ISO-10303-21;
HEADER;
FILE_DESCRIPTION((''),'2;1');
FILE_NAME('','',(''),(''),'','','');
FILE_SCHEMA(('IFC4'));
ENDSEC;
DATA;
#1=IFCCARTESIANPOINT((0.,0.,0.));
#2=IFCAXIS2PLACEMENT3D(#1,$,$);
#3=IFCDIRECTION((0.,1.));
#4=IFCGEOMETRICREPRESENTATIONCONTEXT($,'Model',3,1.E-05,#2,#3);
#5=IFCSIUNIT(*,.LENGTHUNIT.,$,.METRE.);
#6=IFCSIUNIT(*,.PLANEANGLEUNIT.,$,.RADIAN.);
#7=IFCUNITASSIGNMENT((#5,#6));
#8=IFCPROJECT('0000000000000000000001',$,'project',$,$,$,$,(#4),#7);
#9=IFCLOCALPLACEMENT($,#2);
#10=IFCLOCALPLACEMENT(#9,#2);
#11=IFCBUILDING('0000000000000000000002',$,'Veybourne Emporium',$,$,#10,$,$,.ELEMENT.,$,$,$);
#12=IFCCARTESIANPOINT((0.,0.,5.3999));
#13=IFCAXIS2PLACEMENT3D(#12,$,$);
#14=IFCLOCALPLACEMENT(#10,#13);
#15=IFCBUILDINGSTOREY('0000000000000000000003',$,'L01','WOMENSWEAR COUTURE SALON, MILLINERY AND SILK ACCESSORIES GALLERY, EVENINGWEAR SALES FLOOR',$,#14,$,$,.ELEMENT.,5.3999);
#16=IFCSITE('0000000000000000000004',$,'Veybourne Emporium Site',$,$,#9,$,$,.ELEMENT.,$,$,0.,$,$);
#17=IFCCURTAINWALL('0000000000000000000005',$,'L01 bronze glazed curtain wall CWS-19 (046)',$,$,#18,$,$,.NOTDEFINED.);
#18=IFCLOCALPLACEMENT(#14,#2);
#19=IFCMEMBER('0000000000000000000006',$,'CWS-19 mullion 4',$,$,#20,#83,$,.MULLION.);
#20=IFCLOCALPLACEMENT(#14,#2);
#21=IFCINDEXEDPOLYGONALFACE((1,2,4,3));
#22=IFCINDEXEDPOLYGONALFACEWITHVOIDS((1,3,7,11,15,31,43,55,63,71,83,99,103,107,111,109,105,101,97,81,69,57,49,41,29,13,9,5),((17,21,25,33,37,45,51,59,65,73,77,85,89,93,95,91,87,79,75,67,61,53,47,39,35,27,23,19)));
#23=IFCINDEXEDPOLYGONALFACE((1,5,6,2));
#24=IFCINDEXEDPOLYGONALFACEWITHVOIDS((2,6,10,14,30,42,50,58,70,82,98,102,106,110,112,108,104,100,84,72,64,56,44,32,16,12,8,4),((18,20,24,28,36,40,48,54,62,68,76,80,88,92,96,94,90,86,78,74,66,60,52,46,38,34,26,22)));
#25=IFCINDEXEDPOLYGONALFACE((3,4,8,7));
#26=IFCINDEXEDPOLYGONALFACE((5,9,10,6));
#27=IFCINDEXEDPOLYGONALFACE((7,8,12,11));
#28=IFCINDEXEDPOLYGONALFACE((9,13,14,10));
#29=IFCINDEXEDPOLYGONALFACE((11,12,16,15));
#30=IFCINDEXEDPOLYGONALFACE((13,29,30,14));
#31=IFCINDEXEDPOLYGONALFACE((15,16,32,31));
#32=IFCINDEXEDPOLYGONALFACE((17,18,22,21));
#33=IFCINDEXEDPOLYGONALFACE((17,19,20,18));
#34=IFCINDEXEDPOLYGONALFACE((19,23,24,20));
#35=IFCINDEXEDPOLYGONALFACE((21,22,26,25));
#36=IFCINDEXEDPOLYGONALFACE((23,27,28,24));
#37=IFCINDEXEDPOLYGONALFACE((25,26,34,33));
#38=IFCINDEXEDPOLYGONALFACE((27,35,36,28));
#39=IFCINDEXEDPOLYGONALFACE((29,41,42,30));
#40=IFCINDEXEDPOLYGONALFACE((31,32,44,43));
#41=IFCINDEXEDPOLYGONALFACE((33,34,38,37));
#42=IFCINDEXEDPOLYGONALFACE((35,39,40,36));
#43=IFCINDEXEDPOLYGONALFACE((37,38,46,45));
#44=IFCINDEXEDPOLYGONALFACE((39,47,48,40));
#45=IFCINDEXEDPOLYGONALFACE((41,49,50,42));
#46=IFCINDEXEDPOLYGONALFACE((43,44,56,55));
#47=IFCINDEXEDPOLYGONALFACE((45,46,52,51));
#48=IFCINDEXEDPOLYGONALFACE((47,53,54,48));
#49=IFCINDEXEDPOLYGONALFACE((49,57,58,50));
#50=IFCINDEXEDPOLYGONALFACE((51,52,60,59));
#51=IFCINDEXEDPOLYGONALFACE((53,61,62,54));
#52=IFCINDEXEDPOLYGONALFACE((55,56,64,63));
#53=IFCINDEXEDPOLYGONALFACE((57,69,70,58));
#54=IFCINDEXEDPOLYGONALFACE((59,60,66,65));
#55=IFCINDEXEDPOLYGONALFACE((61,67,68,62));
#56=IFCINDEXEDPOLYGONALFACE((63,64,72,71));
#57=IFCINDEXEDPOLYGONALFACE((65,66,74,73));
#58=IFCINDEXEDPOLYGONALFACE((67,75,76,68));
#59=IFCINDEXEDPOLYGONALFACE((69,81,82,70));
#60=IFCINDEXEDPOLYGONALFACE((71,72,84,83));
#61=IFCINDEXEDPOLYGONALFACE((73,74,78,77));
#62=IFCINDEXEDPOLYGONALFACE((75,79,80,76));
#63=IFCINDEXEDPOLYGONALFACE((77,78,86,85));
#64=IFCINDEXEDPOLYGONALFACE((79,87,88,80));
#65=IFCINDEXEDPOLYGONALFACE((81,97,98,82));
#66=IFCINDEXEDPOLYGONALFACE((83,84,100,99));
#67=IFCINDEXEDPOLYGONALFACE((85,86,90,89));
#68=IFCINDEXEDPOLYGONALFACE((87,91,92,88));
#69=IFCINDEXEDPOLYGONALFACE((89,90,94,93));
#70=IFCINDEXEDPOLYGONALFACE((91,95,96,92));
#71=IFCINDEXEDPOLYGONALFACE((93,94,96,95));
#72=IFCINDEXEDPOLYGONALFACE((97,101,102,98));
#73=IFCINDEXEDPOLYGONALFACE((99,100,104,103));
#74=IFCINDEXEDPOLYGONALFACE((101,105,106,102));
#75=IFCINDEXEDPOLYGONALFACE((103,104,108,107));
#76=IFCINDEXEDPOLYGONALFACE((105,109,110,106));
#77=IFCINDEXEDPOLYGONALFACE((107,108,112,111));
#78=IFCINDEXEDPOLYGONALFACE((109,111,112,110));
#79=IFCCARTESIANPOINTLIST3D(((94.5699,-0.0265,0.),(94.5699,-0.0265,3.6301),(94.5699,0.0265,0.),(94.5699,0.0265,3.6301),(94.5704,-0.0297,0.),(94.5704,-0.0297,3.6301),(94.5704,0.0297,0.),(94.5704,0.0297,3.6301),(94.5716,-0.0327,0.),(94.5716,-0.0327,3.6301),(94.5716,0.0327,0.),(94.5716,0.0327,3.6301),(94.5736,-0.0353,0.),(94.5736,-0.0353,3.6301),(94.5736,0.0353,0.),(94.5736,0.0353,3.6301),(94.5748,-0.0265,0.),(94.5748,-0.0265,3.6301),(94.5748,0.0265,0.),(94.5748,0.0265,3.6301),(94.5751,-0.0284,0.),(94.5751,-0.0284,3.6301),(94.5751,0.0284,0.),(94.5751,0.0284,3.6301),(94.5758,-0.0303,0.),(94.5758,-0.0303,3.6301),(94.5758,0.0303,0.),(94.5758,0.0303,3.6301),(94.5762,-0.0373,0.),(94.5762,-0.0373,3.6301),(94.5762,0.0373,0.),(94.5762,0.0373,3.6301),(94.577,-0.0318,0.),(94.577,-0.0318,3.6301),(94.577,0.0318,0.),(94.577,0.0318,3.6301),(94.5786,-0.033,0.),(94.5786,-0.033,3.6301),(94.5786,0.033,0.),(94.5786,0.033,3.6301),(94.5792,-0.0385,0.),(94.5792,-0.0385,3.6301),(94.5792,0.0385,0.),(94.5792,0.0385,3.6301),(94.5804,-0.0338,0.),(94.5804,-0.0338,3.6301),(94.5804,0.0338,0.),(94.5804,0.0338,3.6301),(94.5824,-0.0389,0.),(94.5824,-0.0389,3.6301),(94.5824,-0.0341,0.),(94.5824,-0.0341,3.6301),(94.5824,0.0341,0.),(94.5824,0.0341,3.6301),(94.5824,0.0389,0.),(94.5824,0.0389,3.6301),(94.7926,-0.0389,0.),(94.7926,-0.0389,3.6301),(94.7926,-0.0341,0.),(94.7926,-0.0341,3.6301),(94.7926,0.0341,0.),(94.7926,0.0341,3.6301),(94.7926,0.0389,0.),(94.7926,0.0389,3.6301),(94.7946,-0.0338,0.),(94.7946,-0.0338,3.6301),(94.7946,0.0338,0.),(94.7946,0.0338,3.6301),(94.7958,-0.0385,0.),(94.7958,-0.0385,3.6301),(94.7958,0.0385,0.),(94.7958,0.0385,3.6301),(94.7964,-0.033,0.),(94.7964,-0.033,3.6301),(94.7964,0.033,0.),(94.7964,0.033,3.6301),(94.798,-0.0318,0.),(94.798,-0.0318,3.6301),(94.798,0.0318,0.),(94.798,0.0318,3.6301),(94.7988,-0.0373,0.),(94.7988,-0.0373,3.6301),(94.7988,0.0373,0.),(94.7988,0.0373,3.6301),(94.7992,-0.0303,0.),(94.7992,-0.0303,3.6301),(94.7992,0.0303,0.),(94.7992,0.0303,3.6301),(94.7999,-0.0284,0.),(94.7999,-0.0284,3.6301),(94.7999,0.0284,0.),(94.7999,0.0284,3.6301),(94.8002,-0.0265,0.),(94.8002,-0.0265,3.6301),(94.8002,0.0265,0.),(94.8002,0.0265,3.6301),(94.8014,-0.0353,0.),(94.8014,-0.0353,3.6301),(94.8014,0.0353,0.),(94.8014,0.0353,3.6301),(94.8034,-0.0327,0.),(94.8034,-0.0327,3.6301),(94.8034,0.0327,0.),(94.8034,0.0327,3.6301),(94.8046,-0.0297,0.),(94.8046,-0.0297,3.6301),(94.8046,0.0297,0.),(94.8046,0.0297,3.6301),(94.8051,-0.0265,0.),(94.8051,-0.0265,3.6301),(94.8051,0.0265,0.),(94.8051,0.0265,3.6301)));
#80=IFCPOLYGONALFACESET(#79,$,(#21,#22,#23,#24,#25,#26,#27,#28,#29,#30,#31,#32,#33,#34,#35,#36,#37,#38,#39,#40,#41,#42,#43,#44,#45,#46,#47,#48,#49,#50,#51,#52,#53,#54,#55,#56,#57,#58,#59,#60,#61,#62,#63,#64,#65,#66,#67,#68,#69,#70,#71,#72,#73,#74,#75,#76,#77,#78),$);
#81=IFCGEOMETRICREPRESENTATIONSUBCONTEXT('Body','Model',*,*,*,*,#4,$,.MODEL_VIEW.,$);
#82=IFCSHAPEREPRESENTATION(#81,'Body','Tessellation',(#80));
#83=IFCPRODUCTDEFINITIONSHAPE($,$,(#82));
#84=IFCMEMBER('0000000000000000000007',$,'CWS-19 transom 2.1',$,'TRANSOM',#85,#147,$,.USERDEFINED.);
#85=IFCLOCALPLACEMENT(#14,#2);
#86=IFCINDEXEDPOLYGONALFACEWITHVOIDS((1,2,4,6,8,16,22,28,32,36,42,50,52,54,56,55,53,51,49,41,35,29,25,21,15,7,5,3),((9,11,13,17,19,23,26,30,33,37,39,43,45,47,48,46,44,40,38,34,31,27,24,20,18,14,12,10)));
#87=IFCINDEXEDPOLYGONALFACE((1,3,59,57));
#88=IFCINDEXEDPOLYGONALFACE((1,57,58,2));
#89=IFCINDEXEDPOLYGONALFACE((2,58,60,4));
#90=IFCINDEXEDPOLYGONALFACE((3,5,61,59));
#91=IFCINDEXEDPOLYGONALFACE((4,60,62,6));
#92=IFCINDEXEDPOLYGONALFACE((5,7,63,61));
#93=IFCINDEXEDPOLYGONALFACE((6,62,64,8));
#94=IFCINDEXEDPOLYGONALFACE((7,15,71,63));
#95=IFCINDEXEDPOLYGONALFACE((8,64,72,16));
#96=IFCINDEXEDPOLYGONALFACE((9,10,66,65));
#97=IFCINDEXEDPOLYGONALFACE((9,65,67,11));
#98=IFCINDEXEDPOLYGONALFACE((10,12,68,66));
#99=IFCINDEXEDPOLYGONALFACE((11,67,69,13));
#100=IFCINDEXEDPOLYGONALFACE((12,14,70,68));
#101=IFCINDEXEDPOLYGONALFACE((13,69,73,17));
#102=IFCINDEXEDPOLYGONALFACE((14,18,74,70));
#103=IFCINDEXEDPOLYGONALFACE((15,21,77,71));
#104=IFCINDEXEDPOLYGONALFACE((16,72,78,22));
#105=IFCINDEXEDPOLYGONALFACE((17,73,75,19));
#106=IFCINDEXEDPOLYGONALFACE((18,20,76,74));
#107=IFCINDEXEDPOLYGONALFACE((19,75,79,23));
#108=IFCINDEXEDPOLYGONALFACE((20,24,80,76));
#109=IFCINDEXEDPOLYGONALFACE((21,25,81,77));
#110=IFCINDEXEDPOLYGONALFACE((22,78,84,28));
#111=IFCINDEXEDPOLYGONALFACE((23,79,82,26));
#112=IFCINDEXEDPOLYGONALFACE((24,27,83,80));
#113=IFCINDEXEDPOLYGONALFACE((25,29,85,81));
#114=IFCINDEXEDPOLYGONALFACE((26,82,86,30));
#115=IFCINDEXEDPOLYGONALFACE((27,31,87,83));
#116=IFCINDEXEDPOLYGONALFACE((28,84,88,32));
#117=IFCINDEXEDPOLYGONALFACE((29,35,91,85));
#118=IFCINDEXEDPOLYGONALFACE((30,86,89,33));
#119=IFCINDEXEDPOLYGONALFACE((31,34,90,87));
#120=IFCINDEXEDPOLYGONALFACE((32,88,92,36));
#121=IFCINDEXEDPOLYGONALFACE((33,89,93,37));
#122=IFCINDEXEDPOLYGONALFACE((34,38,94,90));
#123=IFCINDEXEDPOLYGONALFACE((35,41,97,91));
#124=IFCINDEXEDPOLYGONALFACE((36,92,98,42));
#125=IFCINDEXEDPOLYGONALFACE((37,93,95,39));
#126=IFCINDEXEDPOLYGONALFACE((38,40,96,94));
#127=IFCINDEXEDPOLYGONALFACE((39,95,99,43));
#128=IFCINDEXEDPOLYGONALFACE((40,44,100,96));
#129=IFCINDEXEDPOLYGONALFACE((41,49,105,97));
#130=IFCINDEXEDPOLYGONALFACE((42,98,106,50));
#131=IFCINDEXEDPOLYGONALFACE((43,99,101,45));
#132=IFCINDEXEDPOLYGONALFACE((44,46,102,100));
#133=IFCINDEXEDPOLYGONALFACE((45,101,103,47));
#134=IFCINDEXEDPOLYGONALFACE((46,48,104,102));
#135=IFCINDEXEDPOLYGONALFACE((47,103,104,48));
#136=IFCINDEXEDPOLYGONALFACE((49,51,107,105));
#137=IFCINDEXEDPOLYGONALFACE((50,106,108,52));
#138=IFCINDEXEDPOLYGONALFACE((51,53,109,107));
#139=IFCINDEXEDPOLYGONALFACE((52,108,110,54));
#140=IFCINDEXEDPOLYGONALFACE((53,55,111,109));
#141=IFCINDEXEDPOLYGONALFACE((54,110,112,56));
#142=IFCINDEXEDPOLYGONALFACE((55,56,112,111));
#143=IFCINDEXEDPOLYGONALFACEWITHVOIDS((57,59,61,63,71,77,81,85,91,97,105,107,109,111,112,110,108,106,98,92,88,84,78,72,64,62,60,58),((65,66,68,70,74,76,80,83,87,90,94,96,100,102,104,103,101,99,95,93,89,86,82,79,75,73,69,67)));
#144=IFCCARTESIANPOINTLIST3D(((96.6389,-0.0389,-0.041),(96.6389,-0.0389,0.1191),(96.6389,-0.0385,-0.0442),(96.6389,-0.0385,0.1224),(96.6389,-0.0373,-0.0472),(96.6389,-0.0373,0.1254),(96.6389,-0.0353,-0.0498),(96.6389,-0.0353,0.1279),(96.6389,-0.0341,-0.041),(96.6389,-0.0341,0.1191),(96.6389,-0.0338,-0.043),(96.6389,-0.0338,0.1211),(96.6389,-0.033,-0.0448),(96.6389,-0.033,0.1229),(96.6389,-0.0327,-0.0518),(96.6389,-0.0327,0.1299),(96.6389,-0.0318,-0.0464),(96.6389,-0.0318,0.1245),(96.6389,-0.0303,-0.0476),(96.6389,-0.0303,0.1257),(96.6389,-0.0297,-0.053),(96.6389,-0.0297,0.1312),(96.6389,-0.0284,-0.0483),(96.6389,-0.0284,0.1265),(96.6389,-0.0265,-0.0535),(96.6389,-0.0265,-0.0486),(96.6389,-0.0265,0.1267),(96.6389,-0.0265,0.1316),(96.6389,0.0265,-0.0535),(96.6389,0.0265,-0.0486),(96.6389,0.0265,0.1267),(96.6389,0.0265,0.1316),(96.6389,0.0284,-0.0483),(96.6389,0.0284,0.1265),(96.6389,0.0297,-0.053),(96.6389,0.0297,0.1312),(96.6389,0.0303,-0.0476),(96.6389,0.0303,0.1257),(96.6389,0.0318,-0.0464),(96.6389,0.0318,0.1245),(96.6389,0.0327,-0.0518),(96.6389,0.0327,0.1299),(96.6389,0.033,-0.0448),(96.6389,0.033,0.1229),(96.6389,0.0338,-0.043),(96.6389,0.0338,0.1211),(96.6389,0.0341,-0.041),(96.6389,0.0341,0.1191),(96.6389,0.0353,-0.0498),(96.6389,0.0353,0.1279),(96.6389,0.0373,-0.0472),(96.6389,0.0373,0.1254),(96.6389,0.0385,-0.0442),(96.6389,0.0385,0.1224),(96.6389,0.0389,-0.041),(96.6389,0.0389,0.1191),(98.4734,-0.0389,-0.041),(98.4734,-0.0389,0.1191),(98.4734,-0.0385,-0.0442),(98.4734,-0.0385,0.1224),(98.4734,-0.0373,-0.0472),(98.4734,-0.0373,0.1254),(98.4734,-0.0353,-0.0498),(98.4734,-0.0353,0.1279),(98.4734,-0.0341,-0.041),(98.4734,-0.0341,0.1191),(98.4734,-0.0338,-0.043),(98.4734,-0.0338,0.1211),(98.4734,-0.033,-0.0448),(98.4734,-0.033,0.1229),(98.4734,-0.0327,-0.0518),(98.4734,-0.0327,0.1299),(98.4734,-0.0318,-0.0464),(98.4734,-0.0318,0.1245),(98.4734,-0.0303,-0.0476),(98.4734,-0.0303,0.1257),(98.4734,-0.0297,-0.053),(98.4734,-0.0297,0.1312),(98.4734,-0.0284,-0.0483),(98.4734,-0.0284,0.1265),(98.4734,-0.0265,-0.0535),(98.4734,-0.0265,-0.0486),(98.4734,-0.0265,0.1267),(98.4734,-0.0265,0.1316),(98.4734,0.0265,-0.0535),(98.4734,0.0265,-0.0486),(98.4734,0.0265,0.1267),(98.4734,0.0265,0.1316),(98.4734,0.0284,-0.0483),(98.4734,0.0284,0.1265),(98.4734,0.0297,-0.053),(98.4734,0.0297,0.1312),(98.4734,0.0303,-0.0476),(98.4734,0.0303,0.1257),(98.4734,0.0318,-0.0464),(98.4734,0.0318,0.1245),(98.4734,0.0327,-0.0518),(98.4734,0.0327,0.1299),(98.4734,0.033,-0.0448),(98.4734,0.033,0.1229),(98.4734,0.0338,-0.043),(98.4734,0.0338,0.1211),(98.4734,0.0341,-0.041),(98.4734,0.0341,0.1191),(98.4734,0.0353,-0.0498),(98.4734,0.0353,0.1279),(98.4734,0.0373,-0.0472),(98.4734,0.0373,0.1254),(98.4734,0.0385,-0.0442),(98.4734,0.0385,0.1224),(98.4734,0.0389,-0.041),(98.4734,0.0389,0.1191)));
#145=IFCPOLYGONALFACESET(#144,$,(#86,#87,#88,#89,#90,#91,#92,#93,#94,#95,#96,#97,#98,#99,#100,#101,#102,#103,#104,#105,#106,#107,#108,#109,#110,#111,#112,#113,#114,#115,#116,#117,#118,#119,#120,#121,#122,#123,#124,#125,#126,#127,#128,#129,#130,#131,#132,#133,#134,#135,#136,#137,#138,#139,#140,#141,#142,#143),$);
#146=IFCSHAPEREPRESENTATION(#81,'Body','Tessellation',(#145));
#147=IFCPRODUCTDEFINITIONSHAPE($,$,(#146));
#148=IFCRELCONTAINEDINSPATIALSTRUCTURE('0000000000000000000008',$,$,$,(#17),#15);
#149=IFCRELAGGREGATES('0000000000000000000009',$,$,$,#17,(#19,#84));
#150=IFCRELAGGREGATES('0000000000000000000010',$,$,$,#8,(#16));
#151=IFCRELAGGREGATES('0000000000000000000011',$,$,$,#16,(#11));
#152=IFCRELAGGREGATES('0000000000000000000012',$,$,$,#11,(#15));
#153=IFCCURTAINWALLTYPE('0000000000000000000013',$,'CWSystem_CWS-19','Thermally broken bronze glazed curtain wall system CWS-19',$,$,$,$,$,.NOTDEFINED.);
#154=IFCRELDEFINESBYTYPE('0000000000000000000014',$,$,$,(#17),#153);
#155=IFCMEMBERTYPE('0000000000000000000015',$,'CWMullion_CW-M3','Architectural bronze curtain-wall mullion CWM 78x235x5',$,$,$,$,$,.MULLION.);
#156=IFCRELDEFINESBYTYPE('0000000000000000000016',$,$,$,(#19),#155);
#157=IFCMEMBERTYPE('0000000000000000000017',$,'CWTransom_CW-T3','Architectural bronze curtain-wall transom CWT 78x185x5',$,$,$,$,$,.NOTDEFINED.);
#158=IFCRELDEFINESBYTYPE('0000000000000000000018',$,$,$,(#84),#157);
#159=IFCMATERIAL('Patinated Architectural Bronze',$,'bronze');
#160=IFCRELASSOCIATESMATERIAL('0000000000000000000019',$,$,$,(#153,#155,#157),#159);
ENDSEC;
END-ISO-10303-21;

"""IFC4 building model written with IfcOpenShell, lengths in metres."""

from ifc_helpers import new_model, si_unit, direction, frame, origin, origin_2d, place, context, subcontext, project, spatial, hollow_rectangle, extrude, material, material_profile, profile_set, type_object, element, aggregate, save


model = new_model("IFC4")

# Units and contexts
model_context = context("Model", 3, precision=1e-05, world=origin(), true_north=direction((0.0, 1.0)))
body_context = subcontext(model_context, "Body", "Model", "MODEL_VIEW")
ifc_project = project(units=[si_unit("LENGTHUNIT", "METRE"), si_unit("PLANEANGLEUNIT", "RADIAN")], contexts=[model_context])

# Site, building, storey
site_placement = place(None, origin())
site = spatial("IfcSite", under=ifc_project, at=site_placement, Name="Veybourne Emporium Site", CompositionType="ELEMENT", RefElevation=0.0)
building_placement = place(site_placement, origin())
building = spatial("IfcBuilding", under=site, at=building_placement, Name="Veybourne Emporium", CompositionType="ELEMENT")
storey_placement = place(building_placement, frame((0.0, 0.0, 5.3999)))
storey = spatial("IfcBuildingStorey", under=building, at=storey_placement, Name="L01", Description="WOMENSWEAR COUTURE SALON, MILLINERY AND SILK ACCESSORIES GALLERY, EVENINGWEAR SALES FLOOR", CompositionType="ELEMENT", Elevation=5.3999)

# Curtain wall, members
ifc_material_1 = material(Name="Patinated Architectural Bronze", Category="bronze")
curtain_wall_type = type_object("IfcCurtainWallType", Name="CWSystem_CWS-19", Description="Thermally broken bronze glazed curtain wall system CWS-19", PredefinedType="NOTDEFINED", material=ifc_material_1)
curtain_wall_placement = place(storey_placement, origin())
curtain_wall = element("IfcCurtainWall", 1, at=curtain_wall_placement, inside=storey, type_object=curtain_wall_type, Name="L01 bronze glazed curtain wall CWS-19 (046)", PredefinedType="NOTDEFINED")
ifc_material_profile_1 = material_profile(ifc_material_1, hollow_rectangle(XDim=0.0779, YDim=0.2351, WallThickness=0.0049, InnerFilletRadius=0.0076, OuterFilletRadius=0.0125, at=origin_2d()), Name="CWM 78x235x5")
ifc_profile_set_1 = profile_set([ifc_material_profile_1], Name="Patinated Architectural Bronze")
member_type_1 = type_object("IfcMemberType", Name="CWMullion_CW-M3", Description="Architectural bronze curtain-wall mullion CWM 78x235x5", PredefinedType="MULLION", material=ifc_profile_set_1)
member_1_placement = place(storey_placement, frame((94.6875, 0.0, 0.0), z_axis=(0.0, 0.0, 1.0), x_axis=(0.0, -1.0, 0.0)))
member_1 = element("IfcMember", 2, at=member_1_placement, type_object=member_type_1, Name="CWS-19 mullion 4", PredefinedType="MULLION", context=body_context, shape_type="SweptSolid", body=[
    extrude(hollow_rectangle(XDim=0.0779, YDim=0.2351, WallThickness=0.0049, InnerFilletRadius=0.0076, OuterFilletRadius=0.0125, at=origin_2d()), origin(), (0.0, 0.0, 1.0), 3.6301),
])
ifc_material_profile_2 = material_profile(ifc_material_1, hollow_rectangle(XDim=0.0779, YDim=0.1851, WallThickness=0.0049, InnerFilletRadius=0.0076, OuterFilletRadius=0.0125, at=origin_2d()), Name="CWT 78x185x5")
ifc_profile_set_2 = profile_set([ifc_material_profile_2], Name="Patinated Architectural Bronze")
member_type_2 = type_object("IfcMemberType", Name="CWTransom_CW-T3", Description="Architectural bronze curtain-wall transom CWT 78x185x5", PredefinedType="NOTDEFINED", material=ifc_profile_set_2)
member_2_placement = place(storey_placement, frame((98.4734, 0.0, 0.0391), z_axis=(-1.0, 0.0, 0.0), x_axis=(0.0, -1.0, 0.0)))
member_2 = element("IfcMember", 3, at=member_2_placement, type_object=member_type_2, Name="CWS-19 transom 2.1", ObjectType="TRANSOM", PredefinedType="USERDEFINED", context=body_context, shape_type="SweptSolid", body=[
    extrude(hollow_rectangle(XDim=0.0779, YDim=0.1851, WallThickness=0.0049, InnerFilletRadius=0.0076, OuterFilletRadius=0.0125, at=origin_2d()), origin(), (0.0, 0.0, 1.0), 1.8345),
])
aggregate(curtain_wall, [member_1, member_2])

save(model, "model.ifc")
